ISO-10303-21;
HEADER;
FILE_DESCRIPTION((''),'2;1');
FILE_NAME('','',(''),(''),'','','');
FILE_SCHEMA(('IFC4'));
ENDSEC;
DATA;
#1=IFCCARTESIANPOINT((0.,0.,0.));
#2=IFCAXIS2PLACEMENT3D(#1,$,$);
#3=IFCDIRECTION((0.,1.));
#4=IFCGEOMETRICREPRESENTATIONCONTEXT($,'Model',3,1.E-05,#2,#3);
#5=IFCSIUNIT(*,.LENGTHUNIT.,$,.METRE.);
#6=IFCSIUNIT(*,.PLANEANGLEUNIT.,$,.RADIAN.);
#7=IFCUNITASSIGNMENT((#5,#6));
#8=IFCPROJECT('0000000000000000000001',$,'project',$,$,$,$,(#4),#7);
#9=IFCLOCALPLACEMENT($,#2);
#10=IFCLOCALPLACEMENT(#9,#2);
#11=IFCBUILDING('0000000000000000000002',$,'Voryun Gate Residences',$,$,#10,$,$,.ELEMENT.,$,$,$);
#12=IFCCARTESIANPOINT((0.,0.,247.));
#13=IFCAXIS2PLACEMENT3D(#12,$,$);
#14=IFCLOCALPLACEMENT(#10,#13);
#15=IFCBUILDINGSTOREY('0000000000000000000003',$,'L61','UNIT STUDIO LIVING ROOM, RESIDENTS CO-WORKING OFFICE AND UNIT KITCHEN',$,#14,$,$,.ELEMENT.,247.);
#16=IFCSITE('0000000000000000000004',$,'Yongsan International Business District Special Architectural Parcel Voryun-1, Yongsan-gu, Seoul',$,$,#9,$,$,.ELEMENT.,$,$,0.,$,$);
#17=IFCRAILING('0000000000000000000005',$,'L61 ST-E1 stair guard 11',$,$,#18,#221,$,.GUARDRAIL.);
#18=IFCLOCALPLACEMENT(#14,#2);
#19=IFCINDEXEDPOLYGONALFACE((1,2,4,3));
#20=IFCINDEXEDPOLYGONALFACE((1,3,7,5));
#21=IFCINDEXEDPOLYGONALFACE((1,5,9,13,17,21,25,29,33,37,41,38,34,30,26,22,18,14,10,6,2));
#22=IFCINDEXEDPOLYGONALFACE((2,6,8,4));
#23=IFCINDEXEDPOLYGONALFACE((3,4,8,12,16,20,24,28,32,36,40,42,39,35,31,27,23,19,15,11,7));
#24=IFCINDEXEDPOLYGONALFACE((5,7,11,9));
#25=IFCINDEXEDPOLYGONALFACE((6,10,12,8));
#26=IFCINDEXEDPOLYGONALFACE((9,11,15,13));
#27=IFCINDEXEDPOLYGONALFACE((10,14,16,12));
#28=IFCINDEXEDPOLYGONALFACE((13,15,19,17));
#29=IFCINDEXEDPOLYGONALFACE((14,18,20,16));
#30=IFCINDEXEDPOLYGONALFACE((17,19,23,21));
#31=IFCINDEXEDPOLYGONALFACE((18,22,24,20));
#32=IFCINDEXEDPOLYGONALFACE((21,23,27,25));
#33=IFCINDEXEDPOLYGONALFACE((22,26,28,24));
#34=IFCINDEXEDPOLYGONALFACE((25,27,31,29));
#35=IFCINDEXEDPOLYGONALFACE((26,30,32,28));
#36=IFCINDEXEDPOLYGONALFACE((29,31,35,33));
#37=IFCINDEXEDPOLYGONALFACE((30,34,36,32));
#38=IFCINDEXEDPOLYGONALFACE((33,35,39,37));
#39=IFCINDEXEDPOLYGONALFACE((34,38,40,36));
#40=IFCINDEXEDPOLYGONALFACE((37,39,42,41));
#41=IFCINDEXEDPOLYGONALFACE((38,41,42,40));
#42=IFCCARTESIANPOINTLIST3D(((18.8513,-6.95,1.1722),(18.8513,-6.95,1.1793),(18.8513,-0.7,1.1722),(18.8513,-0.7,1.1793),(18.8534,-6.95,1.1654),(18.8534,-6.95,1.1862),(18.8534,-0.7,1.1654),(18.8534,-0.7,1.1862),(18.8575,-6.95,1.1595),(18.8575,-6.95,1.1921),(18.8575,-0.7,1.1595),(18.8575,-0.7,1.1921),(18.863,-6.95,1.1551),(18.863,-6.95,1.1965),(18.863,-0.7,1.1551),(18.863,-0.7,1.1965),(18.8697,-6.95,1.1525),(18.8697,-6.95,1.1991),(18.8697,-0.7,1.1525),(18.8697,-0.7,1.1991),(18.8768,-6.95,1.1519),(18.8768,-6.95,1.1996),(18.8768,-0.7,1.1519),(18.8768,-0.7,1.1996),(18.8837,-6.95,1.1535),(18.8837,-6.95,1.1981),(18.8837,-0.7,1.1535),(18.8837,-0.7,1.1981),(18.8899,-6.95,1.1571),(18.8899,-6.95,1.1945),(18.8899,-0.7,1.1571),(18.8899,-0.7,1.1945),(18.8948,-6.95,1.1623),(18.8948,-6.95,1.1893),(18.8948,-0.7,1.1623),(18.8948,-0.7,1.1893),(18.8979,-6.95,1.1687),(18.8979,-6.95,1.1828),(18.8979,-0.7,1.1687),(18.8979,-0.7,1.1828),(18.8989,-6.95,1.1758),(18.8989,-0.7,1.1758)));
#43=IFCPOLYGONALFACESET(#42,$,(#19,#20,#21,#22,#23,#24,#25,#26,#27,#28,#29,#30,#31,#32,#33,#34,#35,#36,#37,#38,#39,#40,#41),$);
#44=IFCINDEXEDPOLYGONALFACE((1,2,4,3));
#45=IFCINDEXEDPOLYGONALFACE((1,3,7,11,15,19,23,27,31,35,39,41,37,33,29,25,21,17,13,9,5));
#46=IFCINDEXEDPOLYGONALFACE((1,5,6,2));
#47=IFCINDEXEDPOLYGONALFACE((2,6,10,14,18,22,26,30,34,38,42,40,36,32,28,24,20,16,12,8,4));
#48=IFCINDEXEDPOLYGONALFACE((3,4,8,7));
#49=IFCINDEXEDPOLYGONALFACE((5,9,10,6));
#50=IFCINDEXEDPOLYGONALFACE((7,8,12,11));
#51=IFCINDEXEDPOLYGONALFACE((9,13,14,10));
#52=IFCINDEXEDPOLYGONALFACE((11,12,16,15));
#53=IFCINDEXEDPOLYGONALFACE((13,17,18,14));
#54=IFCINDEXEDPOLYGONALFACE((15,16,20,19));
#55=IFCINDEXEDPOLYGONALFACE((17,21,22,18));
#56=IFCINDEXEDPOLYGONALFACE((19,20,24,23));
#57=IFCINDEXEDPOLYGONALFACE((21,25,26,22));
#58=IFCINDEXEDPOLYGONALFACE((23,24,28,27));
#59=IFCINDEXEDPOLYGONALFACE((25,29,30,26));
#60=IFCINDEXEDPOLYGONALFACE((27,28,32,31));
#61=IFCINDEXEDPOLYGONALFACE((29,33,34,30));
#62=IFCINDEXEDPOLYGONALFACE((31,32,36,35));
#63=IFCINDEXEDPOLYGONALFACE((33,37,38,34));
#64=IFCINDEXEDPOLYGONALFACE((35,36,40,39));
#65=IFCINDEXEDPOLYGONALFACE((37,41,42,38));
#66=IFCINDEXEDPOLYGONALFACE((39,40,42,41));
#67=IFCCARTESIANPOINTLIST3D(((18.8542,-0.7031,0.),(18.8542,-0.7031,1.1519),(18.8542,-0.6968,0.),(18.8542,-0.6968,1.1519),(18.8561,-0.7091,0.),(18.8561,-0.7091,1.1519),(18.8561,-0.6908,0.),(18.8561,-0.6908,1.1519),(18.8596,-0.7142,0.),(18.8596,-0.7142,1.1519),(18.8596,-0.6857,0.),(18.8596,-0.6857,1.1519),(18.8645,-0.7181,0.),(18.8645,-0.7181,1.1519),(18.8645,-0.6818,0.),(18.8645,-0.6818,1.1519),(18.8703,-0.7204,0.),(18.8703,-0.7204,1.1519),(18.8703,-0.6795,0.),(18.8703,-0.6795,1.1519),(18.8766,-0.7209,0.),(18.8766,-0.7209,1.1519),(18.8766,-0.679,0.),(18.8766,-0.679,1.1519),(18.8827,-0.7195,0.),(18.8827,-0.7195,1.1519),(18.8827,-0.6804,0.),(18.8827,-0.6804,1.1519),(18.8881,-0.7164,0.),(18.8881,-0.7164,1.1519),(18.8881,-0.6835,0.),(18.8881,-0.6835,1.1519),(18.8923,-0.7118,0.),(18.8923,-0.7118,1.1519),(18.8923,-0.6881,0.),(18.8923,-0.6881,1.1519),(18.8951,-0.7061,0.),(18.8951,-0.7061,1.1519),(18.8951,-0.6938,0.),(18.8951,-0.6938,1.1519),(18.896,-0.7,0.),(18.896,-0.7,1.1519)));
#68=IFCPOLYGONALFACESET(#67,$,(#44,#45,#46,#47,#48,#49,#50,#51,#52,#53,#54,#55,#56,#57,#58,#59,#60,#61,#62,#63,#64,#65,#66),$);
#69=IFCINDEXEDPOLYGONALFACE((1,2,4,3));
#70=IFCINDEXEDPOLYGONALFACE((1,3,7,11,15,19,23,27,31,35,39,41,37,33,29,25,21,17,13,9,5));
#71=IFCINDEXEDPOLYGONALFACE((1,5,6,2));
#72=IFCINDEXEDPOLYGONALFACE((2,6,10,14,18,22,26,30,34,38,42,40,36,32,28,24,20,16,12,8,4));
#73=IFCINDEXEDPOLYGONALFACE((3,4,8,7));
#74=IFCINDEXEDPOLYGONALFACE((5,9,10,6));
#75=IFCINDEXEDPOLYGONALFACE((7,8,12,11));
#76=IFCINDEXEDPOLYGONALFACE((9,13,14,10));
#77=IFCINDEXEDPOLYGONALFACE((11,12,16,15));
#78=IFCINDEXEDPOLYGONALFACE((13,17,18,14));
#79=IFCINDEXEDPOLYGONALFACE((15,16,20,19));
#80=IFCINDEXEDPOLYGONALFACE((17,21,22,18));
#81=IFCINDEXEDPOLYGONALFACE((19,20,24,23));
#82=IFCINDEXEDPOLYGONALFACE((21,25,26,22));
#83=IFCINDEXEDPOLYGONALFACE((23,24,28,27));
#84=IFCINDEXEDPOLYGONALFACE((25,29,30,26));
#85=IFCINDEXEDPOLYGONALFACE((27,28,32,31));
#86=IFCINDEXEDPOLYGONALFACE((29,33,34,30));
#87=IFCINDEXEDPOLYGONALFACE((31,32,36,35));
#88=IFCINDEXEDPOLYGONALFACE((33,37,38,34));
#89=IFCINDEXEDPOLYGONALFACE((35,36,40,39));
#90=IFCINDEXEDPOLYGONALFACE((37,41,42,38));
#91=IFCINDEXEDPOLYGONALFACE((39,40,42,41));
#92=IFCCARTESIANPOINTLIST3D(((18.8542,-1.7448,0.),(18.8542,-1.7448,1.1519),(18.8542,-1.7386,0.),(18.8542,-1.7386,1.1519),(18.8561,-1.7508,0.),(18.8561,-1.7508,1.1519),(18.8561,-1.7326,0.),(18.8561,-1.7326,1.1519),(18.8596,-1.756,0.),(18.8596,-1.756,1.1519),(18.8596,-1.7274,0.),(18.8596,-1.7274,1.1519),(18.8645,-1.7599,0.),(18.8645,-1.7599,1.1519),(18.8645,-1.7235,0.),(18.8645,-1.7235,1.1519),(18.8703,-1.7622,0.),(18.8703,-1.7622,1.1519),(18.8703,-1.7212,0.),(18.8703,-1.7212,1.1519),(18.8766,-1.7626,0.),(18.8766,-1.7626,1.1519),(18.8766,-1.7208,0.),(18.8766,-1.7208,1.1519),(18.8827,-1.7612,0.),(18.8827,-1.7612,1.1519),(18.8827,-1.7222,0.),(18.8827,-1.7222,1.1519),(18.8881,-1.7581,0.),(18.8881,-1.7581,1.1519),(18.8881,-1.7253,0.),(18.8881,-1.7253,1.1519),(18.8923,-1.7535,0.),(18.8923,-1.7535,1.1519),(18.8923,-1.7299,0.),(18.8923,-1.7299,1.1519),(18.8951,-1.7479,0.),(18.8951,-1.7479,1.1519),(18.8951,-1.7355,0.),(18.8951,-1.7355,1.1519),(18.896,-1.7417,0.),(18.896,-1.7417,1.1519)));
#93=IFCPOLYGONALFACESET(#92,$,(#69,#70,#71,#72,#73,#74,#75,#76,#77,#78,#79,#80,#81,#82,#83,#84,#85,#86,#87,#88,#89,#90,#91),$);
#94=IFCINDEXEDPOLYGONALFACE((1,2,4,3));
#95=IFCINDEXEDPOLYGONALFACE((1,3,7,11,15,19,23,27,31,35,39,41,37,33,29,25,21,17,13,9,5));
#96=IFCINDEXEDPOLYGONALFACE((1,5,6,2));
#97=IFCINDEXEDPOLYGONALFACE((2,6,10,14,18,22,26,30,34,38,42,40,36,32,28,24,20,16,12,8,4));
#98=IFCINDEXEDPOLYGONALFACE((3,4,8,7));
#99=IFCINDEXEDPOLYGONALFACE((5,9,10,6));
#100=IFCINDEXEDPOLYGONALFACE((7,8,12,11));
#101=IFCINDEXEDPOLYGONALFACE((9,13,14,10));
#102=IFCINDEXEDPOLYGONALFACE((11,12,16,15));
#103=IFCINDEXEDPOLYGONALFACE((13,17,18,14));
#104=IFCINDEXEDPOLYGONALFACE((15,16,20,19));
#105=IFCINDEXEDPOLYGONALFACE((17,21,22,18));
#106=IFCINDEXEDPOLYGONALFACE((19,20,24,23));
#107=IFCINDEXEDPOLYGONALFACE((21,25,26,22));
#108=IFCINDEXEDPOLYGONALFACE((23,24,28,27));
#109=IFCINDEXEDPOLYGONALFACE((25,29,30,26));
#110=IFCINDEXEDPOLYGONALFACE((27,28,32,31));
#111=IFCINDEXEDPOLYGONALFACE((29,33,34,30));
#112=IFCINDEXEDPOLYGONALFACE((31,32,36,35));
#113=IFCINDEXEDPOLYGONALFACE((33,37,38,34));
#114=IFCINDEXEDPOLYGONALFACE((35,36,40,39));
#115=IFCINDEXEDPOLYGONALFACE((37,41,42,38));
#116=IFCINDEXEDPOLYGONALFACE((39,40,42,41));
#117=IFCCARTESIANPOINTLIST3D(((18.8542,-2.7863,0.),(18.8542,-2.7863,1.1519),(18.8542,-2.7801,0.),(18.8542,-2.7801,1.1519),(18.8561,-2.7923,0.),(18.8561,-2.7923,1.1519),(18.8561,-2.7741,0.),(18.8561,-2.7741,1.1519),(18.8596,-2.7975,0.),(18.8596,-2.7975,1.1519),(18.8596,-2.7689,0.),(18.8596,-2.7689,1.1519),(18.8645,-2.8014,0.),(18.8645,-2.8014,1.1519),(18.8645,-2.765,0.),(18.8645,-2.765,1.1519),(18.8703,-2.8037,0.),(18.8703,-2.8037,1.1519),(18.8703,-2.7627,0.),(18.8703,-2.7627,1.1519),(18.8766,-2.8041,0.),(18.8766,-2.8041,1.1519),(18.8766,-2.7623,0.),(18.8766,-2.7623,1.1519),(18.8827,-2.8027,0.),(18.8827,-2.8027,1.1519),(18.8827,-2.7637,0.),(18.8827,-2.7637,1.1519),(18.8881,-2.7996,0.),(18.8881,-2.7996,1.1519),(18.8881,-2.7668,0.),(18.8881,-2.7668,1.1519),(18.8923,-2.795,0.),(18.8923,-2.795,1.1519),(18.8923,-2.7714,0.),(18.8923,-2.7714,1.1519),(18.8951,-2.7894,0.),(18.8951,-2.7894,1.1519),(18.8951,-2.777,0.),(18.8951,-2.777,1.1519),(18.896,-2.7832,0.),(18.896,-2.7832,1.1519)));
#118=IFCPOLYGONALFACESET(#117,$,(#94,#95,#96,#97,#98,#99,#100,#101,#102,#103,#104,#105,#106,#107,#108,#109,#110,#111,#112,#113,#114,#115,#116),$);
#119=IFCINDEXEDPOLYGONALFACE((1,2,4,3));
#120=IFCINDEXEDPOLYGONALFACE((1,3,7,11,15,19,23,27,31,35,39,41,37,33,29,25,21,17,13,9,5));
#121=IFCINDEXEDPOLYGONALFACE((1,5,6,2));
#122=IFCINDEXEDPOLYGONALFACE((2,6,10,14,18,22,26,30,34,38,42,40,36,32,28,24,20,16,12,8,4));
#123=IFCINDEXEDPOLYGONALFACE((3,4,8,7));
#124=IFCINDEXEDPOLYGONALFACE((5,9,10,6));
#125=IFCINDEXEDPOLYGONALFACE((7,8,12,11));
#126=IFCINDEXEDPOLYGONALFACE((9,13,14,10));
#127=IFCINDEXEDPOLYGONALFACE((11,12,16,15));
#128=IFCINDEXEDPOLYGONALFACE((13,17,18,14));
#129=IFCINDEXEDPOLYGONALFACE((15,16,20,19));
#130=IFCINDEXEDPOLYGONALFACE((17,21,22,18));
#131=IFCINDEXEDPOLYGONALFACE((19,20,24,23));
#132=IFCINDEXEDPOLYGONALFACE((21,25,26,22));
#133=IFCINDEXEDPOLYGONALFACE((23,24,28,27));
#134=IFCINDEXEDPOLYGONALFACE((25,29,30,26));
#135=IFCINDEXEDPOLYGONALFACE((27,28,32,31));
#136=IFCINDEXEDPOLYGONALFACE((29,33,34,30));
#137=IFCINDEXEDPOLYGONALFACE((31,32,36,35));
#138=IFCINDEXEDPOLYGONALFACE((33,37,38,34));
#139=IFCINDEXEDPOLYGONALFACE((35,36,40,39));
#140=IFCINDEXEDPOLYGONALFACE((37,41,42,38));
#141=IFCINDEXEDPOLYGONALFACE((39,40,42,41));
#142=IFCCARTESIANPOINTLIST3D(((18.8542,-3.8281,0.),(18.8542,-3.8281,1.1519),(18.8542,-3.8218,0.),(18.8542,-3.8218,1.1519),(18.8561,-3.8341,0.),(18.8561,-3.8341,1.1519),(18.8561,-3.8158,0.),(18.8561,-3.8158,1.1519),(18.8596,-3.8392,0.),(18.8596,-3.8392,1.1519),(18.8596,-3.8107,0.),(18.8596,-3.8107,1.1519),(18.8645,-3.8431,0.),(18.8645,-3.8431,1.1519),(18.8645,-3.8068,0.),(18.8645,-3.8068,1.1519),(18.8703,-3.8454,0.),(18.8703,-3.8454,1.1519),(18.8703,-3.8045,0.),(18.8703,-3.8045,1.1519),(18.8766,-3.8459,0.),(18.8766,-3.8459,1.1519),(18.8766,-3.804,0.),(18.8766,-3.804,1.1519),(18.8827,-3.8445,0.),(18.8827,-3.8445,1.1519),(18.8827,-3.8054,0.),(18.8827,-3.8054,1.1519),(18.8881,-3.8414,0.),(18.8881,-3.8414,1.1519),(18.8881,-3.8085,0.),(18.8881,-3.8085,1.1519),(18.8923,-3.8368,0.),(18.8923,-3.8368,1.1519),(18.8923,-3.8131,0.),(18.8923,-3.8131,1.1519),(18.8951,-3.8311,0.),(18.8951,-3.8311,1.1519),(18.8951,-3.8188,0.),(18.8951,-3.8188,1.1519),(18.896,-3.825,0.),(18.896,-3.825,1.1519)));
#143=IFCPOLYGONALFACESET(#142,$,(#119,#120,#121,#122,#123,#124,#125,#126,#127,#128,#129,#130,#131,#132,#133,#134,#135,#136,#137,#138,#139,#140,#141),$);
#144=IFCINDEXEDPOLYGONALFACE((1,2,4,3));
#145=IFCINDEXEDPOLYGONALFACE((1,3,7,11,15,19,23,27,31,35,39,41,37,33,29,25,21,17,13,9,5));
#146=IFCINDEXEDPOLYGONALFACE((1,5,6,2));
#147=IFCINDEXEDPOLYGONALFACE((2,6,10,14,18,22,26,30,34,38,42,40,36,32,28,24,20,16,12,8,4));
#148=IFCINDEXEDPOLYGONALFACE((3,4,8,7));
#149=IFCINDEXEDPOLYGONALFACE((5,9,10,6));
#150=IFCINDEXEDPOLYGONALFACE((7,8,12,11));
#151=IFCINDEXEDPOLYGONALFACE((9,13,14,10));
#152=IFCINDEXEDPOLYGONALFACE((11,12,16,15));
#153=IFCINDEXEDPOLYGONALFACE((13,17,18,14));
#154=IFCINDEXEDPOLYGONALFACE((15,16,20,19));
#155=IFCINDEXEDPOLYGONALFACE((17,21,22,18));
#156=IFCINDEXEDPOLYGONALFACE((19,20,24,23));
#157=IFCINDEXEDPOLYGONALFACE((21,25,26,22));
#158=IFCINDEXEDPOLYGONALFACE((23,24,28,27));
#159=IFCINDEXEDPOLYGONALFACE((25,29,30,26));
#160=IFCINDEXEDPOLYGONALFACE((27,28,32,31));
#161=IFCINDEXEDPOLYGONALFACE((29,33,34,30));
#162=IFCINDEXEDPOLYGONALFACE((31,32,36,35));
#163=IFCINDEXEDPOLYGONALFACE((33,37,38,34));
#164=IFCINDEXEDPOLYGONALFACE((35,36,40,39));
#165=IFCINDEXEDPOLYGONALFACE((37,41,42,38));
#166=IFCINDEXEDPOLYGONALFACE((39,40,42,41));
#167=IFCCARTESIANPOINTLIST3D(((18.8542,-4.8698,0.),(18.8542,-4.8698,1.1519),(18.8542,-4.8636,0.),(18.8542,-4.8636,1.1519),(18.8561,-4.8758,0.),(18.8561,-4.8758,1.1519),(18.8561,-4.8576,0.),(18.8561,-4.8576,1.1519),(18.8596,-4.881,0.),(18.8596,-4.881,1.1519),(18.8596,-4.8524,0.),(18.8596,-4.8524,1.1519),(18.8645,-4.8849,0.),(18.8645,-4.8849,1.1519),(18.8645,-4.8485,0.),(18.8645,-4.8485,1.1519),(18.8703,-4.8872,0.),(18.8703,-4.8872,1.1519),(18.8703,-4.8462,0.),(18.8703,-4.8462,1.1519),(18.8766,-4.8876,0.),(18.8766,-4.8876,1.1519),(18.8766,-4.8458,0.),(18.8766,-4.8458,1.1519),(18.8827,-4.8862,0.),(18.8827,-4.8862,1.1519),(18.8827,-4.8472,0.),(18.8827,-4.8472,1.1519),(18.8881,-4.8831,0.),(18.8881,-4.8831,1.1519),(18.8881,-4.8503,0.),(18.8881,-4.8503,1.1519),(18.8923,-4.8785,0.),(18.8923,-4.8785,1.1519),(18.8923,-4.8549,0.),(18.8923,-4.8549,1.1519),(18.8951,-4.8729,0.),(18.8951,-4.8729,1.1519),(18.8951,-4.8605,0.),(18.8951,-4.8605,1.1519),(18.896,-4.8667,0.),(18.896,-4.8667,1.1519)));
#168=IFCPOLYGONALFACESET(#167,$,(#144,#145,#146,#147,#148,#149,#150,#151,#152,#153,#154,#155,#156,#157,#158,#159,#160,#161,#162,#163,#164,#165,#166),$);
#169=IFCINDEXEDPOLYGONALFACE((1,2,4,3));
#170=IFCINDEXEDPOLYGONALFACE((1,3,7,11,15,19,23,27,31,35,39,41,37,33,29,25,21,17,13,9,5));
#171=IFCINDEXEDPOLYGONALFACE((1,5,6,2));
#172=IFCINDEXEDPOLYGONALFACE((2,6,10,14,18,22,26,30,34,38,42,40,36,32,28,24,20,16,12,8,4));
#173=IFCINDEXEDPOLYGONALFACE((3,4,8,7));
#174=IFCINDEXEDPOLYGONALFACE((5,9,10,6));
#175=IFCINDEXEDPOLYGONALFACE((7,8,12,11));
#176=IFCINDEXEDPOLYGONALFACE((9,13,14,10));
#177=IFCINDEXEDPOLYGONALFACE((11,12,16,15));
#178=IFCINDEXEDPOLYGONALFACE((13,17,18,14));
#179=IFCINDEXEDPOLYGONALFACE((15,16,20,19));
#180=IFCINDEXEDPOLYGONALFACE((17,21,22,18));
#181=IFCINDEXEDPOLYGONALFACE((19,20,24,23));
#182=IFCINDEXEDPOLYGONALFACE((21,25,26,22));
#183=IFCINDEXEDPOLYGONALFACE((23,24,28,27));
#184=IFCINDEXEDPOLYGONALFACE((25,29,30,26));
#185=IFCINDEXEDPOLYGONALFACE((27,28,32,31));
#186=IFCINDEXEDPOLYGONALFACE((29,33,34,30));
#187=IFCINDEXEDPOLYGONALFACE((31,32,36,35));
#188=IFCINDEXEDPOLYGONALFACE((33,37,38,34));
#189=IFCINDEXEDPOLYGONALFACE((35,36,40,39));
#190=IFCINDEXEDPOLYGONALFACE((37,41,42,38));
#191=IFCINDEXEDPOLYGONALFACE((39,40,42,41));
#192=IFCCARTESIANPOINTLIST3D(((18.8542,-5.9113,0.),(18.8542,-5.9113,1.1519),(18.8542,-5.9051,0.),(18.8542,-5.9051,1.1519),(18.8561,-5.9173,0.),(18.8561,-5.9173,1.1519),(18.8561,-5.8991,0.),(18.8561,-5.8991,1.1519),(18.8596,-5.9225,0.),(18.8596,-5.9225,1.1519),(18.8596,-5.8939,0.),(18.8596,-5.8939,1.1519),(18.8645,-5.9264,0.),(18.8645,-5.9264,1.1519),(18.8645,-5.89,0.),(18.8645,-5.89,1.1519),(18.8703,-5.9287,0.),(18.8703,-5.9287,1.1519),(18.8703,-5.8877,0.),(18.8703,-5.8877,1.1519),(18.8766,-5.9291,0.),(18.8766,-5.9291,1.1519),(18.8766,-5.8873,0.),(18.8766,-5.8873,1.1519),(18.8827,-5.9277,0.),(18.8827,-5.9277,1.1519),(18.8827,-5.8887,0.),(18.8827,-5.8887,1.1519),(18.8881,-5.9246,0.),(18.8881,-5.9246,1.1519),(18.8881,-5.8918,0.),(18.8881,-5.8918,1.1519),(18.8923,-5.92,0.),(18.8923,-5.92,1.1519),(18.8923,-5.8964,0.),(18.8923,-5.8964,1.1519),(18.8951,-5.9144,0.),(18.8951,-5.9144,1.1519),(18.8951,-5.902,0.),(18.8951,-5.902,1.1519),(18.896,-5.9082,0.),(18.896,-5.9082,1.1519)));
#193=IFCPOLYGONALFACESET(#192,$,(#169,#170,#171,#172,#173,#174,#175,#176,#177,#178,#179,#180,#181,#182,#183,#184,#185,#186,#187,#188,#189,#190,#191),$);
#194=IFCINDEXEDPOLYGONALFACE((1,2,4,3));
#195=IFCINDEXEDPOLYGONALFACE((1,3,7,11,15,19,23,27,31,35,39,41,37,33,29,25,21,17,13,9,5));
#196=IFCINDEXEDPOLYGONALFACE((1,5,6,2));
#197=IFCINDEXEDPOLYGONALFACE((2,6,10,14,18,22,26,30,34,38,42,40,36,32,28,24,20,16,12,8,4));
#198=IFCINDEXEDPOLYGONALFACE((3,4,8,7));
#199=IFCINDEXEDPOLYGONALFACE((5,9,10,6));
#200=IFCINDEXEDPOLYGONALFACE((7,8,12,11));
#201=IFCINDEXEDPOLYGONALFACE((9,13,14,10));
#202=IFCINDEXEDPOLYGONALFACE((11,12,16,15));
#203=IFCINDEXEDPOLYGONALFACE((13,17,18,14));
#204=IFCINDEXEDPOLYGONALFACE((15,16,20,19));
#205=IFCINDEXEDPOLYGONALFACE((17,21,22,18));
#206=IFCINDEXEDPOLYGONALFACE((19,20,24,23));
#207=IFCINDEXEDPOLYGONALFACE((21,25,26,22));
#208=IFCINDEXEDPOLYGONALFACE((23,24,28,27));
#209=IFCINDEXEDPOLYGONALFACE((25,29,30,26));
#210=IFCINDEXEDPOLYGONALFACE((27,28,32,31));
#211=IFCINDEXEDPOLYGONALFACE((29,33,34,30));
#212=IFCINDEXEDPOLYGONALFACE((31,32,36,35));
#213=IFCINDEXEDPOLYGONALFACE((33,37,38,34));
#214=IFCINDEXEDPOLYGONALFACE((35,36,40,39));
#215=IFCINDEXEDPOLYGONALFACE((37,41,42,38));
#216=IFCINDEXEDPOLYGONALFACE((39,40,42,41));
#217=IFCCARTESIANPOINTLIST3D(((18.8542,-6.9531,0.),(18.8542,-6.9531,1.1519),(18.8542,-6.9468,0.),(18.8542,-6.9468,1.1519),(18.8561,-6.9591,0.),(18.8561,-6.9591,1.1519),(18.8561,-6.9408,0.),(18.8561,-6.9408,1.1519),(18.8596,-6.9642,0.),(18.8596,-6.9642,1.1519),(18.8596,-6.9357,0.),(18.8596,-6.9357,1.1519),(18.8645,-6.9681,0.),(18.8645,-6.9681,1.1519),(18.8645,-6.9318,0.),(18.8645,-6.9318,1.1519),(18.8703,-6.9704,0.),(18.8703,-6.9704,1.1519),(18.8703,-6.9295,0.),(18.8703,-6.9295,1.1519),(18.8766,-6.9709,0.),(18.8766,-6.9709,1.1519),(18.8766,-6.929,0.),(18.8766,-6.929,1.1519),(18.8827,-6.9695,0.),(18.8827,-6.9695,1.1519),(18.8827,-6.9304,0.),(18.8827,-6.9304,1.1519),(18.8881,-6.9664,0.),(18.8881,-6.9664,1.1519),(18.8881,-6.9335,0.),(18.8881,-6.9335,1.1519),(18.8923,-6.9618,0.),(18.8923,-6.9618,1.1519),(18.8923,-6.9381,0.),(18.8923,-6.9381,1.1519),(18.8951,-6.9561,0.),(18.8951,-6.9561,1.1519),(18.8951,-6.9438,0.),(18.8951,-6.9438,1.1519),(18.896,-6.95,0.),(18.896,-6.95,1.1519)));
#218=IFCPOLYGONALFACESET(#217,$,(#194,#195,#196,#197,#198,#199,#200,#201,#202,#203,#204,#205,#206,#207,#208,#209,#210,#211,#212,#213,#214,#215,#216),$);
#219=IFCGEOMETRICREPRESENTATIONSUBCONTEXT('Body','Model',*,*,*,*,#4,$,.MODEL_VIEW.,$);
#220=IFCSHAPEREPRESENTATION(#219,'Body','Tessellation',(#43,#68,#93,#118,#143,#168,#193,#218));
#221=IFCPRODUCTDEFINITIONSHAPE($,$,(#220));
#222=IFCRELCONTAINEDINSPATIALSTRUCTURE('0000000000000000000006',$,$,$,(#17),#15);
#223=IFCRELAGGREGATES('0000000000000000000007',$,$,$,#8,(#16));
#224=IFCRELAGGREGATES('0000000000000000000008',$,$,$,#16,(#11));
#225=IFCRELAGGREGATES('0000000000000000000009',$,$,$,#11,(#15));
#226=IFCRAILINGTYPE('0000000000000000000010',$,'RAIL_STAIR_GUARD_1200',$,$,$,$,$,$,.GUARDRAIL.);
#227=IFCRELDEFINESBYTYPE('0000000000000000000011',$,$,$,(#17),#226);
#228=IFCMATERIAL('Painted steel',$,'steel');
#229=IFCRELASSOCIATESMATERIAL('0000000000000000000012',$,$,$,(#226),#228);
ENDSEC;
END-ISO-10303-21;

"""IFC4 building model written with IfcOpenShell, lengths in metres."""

from ifc_helpers import new_model, si_unit, direction, frame, origin, origin_2d, place, context, subcontext, project, spatial, circle, extrude, material, type_object, element, save


model = new_model("IFC4")

# Units and contexts
model_context = context("Model", 3, precision=1e-05, world=origin(), true_north=direction((0.0, 1.0)))
body_context = subcontext(model_context, "Body", "Model", "MODEL_VIEW")
ifc_project = project(units=[si_unit("LENGTHUNIT", "METRE"), si_unit("PLANEANGLEUNIT", "RADIAN")], contexts=[model_context])

# Site, building, storey
site_placement = place(None, origin())
site = spatial("IfcSite", under=ifc_project, at=site_placement, Name="Yongsan International Business District Special Architectural Parcel Voryun-1, Yongsan-gu, Seoul", CompositionType="ELEMENT", RefElevation=0.0)
building_placement = place(site_placement, origin())
building = spatial("IfcBuilding", under=site, at=building_placement, Name="Voryun Gate Residences", CompositionType="ELEMENT")
storey_placement = place(building_placement, frame((0.0, 0.0, 247.0)))
storey = spatial("IfcBuildingStorey", under=building, at=storey_placement, Name="L61", Description="UNIT STUDIO LIVING ROOM, RESIDENTS CO-WORKING OFFICE AND UNIT KITCHEN", CompositionType="ELEMENT", Elevation=247.0)

# Railing
ifc_material_1 = material(Name="Painted steel", Category="steel")
railing_type_1 = type_object("IfcRailingType", Name="RAIL_STAIR_GUARD_1200", PredefinedType="GUARDRAIL", material=ifc_material_1)
railing_1_placement = place(storey_placement, frame((18.875, -0.7, 0.0)))
element("IfcRailing", 1, at=railing_1_placement, inside=storey, type_object=railing_type_1, Name="L61 ST-E1 stair guard 11", PredefinedType="GUARDRAIL", context=body_context, shape_type="SweptSolid", body=[
    extrude(circle(Radius=0.0239, at=origin_2d()), frame((0.0, 0.0, 1.1758), z_axis=(0.0, -1.0, 0.0), x_axis=(1.0, 0.0, 0.0)), (0.0, 0.0, 1.0), 6.25),
    extrude(circle(Radius=0.021, at=origin_2d()), origin(), (0.0, 0.0, 1.0), 1.1519),
    extrude(circle(Radius=0.021, at=origin_2d()), frame((0.0, -1.0417, 0.0)), (0.0, 0.0, 1.0), 1.1519),
    extrude(circle(Radius=0.021, at=origin_2d()), frame((0.0, -2.0833, 0.0)), (0.0, 0.0, 1.0), 1.1519),
    extrude(circle(Radius=0.021, at=origin_2d()), frame((0.0, -3.125, 0.0)), (0.0, 0.0, 1.0), 1.1519),
    extrude(circle(Radius=0.021, at=origin_2d()), frame((0.0, -4.1667, 0.0)), (0.0, 0.0, 1.0), 1.1519),
    extrude(circle(Radius=0.021, at=origin_2d()), frame((0.0, -5.2083, 0.0)), (0.0, 0.0, 1.0), 1.1519),
    extrude(circle(Radius=0.021, at=origin_2d()), frame((0.0, -6.25, 0.0)), (0.0, 0.0, 1.0), 1.1519),
])

save(model, "model.ifc")
